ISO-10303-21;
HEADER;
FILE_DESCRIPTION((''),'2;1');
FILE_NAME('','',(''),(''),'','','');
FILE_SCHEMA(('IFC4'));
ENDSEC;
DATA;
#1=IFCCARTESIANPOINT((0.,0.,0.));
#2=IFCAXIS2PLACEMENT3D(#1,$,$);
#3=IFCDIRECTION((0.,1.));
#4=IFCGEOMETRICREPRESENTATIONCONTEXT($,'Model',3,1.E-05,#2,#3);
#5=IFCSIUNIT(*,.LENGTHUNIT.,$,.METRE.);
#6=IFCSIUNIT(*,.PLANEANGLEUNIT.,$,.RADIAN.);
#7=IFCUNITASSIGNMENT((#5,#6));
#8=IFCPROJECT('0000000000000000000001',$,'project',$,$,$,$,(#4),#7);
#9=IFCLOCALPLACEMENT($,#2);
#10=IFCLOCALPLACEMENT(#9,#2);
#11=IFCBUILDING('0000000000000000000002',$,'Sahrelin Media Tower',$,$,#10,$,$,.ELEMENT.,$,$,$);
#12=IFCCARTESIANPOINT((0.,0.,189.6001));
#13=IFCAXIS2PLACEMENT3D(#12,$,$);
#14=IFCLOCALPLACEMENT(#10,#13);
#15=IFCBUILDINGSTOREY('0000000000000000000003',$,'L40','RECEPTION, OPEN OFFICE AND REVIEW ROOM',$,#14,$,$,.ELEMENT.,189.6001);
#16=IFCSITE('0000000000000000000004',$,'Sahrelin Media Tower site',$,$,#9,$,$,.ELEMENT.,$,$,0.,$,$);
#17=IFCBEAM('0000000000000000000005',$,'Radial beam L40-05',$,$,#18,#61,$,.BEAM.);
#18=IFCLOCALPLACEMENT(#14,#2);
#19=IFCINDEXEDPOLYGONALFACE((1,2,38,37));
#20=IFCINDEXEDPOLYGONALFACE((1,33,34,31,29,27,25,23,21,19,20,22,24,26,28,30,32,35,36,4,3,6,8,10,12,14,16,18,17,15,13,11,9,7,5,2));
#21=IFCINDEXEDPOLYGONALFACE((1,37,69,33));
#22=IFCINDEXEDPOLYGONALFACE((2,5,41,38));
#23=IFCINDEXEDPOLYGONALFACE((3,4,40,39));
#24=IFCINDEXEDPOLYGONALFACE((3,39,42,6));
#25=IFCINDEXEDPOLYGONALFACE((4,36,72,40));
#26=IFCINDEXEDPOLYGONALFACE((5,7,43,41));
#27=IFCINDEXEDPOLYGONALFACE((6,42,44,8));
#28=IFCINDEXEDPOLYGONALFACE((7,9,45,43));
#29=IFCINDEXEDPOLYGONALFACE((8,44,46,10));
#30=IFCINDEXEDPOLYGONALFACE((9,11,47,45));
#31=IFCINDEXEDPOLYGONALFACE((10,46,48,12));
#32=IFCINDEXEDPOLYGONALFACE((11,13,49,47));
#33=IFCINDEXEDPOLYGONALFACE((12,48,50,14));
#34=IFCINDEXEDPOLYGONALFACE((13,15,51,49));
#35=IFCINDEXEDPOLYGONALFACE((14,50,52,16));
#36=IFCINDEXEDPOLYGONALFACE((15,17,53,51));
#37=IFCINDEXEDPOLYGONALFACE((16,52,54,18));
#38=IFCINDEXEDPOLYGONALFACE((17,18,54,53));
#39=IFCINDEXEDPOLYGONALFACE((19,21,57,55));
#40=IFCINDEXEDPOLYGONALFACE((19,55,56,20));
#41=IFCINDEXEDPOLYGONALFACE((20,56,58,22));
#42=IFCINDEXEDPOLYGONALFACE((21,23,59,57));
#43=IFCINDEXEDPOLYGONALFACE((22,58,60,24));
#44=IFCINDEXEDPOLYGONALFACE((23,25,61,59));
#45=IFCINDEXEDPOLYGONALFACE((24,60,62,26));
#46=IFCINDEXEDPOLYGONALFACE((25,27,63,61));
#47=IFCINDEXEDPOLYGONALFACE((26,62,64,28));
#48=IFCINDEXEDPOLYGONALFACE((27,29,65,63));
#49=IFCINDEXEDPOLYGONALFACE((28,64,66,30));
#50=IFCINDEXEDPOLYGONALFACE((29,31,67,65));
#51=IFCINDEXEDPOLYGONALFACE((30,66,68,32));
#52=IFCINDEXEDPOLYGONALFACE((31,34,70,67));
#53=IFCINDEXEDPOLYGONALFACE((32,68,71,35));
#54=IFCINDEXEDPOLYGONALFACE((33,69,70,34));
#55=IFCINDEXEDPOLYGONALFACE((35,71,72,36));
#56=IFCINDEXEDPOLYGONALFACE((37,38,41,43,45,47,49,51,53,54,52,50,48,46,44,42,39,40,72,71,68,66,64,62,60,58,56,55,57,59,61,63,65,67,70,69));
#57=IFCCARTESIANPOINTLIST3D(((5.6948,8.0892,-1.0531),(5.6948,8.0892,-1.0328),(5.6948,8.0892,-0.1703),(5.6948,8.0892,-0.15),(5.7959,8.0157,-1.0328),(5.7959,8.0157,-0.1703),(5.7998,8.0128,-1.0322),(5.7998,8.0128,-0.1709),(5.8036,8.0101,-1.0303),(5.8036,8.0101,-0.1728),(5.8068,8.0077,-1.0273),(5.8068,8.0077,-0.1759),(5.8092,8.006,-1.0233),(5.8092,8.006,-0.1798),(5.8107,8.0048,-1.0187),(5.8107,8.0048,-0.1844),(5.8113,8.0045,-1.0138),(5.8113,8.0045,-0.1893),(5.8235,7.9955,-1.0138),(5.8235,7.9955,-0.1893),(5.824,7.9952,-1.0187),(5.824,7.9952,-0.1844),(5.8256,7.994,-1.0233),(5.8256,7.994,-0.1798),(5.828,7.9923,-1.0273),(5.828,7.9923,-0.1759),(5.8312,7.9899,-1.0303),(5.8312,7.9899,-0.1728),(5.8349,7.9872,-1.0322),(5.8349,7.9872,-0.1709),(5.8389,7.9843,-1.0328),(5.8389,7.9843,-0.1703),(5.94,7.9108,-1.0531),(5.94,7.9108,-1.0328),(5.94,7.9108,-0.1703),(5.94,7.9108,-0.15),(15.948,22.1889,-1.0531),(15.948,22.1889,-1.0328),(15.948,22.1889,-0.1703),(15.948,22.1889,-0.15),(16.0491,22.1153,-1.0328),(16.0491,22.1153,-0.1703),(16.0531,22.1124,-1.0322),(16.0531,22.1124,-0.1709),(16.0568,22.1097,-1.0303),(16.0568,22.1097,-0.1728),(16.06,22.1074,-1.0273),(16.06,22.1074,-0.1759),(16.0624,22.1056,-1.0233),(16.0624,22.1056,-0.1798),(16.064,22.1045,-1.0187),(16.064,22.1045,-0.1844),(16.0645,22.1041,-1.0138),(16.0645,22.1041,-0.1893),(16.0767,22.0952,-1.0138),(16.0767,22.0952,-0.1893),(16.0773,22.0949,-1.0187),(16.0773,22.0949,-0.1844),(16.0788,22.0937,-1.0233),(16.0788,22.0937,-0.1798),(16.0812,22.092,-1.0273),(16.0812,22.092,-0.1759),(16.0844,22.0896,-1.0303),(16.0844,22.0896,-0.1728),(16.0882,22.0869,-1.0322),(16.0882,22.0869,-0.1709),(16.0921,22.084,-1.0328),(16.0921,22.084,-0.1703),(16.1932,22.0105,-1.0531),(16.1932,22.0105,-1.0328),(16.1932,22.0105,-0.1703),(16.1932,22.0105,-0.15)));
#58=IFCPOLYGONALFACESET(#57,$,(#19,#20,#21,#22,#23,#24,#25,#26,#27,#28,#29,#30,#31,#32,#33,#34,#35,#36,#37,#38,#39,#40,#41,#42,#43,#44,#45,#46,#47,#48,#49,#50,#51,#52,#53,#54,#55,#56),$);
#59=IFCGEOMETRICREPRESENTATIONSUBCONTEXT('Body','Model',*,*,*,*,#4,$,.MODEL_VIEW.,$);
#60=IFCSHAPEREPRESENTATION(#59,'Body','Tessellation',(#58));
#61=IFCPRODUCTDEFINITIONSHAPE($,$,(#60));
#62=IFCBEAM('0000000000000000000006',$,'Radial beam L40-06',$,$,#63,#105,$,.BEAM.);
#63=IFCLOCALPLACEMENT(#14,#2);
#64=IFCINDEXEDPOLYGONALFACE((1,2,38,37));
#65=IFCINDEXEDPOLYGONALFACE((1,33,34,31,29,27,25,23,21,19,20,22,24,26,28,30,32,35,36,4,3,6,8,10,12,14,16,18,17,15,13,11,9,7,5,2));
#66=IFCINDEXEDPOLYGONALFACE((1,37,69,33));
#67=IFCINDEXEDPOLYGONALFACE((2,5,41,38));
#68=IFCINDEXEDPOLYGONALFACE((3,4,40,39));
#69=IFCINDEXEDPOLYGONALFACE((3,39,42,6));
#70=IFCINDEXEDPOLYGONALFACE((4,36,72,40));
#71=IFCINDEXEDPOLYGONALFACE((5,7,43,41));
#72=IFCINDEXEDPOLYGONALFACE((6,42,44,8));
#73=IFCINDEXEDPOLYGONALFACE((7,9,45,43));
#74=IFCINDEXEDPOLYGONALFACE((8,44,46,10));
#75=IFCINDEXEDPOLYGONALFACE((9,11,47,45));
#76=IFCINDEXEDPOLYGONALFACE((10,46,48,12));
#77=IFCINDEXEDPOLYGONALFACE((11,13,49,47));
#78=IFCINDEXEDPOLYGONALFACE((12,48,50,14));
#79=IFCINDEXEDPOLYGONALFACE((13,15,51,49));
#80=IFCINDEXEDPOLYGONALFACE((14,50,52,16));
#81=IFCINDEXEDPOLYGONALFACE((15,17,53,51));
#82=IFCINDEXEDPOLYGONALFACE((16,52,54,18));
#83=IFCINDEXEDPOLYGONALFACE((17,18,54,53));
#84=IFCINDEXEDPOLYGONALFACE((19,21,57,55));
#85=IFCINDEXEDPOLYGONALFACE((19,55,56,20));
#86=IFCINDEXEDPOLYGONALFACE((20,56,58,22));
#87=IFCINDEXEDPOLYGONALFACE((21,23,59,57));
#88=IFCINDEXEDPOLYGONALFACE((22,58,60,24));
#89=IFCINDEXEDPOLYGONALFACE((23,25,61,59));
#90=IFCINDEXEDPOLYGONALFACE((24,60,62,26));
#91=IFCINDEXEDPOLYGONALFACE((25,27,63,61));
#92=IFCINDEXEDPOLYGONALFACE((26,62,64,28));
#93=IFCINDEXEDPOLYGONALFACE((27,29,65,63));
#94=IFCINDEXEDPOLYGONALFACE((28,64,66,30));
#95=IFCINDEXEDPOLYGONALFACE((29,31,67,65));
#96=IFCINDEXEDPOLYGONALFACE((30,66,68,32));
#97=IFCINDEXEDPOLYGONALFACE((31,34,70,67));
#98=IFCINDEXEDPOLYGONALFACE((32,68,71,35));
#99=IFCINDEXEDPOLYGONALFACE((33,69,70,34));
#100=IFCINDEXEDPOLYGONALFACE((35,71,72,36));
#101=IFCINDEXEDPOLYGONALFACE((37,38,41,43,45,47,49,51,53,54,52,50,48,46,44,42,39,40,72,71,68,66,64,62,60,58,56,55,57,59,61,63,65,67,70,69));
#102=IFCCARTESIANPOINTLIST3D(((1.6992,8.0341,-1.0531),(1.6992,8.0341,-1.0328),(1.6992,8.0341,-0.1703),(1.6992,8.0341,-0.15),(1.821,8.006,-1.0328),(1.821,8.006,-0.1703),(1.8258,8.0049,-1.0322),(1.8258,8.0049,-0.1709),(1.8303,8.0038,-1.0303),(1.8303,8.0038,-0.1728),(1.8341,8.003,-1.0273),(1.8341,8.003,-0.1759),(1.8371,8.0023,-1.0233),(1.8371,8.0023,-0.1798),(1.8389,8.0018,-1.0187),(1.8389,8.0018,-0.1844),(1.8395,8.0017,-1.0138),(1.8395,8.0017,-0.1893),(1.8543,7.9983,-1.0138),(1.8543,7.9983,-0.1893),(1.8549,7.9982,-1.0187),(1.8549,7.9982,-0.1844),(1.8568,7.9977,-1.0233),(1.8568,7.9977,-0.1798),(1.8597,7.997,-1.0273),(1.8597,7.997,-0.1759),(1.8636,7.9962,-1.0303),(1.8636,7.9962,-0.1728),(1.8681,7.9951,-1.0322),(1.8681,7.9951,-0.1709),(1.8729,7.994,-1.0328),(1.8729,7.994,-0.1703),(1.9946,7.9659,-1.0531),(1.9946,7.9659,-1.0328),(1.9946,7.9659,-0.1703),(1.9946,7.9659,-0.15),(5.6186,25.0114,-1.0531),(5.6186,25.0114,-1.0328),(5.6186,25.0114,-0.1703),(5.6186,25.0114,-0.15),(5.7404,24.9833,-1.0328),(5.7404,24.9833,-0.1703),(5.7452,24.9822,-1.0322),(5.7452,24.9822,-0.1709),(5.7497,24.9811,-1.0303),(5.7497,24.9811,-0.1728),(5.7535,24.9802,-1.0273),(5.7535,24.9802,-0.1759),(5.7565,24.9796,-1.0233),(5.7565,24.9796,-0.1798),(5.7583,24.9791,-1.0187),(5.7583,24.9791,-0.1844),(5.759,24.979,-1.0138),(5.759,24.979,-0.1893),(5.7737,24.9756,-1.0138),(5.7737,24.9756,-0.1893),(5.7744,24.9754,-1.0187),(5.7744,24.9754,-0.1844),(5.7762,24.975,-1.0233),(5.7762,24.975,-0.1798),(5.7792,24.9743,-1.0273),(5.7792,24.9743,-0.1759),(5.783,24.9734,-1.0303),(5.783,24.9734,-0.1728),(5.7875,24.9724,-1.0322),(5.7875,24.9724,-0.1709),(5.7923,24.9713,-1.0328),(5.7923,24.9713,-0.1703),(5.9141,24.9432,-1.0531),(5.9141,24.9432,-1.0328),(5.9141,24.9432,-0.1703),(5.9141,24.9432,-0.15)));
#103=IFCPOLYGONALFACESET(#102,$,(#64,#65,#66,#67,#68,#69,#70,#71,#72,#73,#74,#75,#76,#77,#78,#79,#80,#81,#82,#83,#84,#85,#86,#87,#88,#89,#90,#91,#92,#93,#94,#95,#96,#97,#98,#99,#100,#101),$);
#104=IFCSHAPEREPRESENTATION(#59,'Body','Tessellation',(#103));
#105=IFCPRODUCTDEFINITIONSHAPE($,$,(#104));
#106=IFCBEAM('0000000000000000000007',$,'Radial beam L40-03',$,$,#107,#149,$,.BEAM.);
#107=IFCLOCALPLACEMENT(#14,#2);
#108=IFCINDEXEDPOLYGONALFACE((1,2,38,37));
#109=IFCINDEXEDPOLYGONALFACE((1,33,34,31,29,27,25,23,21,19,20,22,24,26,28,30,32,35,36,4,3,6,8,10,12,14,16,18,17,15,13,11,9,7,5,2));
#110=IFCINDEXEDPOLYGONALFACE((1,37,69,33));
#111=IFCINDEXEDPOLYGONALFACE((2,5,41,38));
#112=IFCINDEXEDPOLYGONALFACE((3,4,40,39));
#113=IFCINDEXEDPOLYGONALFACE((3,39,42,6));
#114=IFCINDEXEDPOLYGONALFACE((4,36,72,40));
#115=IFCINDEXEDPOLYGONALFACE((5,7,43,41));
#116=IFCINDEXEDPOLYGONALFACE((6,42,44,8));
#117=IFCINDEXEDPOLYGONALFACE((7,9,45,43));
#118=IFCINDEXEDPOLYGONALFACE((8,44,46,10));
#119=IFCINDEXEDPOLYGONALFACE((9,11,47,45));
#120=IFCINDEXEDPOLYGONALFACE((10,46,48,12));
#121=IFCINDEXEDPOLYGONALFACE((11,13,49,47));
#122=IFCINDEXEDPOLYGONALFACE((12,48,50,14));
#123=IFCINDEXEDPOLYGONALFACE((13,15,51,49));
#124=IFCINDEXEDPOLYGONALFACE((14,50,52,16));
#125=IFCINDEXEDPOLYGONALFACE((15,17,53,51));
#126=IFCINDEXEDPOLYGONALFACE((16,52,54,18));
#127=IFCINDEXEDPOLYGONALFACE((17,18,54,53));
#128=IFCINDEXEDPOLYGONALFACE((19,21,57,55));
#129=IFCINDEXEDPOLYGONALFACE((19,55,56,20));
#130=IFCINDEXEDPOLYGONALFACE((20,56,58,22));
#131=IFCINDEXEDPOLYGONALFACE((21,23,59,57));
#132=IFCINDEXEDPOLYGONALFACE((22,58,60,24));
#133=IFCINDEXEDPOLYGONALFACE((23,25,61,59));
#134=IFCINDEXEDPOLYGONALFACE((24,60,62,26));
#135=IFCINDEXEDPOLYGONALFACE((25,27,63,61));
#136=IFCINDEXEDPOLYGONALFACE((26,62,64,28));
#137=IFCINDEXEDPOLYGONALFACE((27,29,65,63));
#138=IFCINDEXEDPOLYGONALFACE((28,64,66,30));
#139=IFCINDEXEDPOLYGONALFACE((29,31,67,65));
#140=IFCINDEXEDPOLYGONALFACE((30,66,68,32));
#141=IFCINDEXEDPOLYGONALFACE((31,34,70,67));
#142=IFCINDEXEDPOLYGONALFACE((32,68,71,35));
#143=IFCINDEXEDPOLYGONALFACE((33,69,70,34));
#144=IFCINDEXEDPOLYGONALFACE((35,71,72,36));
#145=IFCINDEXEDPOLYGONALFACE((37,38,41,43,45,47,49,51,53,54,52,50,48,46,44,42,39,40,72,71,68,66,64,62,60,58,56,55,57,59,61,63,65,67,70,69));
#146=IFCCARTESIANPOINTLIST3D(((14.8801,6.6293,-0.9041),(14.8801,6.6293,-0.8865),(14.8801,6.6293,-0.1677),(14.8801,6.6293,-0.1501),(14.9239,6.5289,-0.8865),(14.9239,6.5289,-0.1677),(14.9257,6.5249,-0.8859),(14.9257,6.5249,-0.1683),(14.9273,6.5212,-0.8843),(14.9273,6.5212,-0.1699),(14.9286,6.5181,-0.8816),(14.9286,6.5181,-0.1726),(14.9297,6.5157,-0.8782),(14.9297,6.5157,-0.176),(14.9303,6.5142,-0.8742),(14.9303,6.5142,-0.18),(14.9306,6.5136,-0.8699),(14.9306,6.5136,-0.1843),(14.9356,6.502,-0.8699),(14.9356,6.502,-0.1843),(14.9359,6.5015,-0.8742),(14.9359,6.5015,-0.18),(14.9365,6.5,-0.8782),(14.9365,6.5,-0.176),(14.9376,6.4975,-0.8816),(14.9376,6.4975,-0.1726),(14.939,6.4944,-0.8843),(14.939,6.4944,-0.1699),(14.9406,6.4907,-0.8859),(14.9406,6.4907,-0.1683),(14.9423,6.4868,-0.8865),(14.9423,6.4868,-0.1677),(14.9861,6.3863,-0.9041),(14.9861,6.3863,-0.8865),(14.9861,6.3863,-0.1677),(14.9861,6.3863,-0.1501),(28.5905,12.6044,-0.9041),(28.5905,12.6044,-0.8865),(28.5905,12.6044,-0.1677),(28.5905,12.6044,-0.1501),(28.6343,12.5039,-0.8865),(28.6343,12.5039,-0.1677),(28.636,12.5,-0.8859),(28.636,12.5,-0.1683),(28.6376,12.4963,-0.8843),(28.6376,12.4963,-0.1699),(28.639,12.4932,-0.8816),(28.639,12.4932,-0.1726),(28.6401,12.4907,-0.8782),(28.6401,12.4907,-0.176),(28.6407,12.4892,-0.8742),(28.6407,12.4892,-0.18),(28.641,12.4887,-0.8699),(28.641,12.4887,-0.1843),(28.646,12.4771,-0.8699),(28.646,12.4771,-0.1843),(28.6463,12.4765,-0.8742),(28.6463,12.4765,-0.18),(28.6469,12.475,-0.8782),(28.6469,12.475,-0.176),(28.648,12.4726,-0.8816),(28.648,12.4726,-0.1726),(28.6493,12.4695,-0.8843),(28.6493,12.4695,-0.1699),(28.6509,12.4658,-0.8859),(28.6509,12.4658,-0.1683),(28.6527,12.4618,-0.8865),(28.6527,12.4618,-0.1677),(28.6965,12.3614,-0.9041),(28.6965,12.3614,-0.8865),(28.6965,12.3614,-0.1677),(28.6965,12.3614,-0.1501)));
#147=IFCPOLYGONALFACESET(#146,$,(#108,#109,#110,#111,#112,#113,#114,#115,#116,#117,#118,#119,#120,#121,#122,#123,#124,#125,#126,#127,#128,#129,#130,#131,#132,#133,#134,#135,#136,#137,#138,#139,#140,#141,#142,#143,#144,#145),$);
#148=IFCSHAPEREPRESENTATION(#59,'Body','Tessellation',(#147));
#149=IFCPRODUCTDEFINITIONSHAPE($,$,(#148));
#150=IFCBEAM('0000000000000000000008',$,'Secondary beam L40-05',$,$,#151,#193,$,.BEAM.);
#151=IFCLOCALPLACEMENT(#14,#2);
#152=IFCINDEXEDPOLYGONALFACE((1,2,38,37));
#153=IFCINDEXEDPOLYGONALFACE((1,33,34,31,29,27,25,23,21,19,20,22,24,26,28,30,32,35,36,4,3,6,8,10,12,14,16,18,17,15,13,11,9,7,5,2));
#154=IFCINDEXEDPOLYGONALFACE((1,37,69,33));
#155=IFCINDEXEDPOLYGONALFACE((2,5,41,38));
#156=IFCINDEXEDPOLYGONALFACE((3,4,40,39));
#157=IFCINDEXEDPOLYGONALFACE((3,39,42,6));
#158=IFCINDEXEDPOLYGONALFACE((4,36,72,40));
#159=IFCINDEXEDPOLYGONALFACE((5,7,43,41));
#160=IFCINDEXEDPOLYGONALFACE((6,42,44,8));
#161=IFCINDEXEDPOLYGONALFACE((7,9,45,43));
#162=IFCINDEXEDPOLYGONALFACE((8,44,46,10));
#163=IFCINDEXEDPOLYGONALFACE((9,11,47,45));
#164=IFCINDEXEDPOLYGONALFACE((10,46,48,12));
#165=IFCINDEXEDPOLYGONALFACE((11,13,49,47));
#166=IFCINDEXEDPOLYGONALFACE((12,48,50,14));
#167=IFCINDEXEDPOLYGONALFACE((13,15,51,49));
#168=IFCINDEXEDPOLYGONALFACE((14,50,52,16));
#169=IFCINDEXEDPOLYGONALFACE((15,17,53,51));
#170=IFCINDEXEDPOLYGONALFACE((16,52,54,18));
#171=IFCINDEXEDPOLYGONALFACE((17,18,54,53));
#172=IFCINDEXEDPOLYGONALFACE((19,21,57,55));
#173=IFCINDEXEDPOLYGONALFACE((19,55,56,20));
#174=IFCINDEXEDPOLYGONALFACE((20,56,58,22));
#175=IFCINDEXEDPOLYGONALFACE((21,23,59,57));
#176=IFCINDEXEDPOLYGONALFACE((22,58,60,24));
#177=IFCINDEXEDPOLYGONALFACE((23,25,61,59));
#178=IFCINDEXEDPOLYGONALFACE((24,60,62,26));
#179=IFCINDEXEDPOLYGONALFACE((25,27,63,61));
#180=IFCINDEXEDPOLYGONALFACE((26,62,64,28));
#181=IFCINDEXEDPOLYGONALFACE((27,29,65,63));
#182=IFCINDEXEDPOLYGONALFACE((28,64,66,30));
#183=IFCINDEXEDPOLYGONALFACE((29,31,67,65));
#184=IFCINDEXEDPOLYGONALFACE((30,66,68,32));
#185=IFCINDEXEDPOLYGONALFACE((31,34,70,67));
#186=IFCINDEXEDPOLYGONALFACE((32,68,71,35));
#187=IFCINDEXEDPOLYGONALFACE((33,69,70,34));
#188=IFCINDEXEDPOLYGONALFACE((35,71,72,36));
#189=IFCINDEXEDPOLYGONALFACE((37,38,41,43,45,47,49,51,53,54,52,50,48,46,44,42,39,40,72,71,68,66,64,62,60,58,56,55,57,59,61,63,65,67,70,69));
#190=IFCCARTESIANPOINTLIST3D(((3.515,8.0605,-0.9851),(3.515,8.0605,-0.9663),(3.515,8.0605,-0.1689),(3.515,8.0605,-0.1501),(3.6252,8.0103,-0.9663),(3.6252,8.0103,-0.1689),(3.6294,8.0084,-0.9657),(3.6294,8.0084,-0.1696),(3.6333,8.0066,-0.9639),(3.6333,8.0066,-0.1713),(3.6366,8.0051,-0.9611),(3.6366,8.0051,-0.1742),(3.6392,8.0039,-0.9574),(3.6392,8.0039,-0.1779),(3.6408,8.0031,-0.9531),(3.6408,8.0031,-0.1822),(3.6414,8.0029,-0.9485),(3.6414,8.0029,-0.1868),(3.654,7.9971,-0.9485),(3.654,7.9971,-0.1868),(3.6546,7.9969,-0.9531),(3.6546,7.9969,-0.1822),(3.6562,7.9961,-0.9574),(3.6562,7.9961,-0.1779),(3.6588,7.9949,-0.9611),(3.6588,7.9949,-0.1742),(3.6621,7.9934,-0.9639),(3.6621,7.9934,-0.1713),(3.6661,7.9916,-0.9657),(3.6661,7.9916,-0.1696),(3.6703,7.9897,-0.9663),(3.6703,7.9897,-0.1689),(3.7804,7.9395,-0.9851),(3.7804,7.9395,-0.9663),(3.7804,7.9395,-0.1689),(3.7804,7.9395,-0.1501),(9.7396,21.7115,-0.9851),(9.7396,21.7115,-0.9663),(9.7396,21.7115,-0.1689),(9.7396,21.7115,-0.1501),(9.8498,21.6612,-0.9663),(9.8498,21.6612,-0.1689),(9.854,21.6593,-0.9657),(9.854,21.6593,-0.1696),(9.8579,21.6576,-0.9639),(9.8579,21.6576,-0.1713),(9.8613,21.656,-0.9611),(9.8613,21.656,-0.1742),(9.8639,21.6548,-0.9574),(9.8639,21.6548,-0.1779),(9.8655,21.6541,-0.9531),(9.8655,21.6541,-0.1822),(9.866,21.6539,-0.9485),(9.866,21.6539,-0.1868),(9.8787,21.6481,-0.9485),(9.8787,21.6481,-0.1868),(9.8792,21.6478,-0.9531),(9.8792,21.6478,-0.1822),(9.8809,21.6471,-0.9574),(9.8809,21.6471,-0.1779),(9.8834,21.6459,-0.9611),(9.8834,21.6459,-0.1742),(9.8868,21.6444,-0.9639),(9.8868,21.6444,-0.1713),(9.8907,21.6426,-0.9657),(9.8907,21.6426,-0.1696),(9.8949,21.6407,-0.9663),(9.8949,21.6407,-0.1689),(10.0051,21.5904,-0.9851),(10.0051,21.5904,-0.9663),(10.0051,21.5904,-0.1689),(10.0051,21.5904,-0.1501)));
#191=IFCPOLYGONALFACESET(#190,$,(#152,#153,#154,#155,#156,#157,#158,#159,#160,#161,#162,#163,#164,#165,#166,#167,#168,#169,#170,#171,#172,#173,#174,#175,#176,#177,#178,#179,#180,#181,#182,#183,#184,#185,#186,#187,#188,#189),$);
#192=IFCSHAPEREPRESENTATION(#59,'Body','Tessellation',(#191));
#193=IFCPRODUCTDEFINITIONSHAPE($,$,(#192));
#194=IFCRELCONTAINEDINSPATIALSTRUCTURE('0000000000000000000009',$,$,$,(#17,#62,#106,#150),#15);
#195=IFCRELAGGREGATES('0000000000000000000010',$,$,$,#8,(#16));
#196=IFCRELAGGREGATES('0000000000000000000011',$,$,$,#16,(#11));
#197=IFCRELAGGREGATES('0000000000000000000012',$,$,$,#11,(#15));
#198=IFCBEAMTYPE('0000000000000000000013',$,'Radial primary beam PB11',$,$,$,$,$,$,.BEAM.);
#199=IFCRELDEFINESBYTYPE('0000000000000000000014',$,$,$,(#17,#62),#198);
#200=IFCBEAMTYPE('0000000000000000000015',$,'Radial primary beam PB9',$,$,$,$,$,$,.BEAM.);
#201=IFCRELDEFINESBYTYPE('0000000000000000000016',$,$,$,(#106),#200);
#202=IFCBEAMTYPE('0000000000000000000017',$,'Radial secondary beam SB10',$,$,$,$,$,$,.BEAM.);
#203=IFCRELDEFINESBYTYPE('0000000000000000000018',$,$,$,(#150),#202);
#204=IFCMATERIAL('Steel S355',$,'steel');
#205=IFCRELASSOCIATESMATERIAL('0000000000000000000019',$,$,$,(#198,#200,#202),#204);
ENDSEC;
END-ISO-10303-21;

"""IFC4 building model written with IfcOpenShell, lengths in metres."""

from ifc_helpers import new_model, si_unit, direction, frame, origin, origin_2d, place, context, subcontext, project, spatial, i_section, extrude, material, material_profile, profile_set, type_object, element, save


model = new_model("IFC4")

# Units and contexts
model_context = context("Model", 3, precision=1e-05, world=origin(), true_north=direction((0.0, 1.0)))
body_context = subcontext(model_context, "Body", "Model", "MODEL_VIEW")
ifc_project = project(units=[si_unit("LENGTHUNIT", "METRE"), si_unit("PLANEANGLEUNIT", "RADIAN")], contexts=[model_context])

# Site, building, storey
site_placement = place(None, origin())
site = spatial("IfcSite", under=ifc_project, at=site_placement, Name="Sahrelin Media Tower site", CompositionType="ELEMENT", RefElevation=0.0)
building_placement = place(site_placement, origin())
building = spatial("IfcBuilding", under=site, at=building_placement, Name="Sahrelin Media Tower", CompositionType="ELEMENT")
storey_placement = place(building_placement, frame((0.0, 0.0, 189.6001)))
storey = spatial("IfcBuildingStorey", under=building, at=storey_placement, Name="L40", Description="RECEPTION, OPEN OFFICE AND REVIEW ROOM", CompositionType="ELEMENT", Elevation=189.6001)

# Beams
ifc_material_1 = material(Name="Steel S355", Category="steel")
ifc_material_profile_1 = material_profile(ifc_material_1, i_section(OverallWidth=0.3032, OverallDepth=0.9031, WebThickness=0.0151, FlangeThickness=0.0203, FilletRadius=0.019, at=origin_2d()), Name="UB 914x305x201")
ifc_profile_set_1 = profile_set([ifc_material_profile_1], Name="Steel S355")
beam_type_1 = type_object("IfcBeamType", Name="Radial primary beam PB11", PredefinedType="BEAM", material=ifc_profile_set_1)
beam_1_placement = place(storey_placement, frame((5.8174, 8.0, -0.6016), z_axis=(0.588131, 0.808766, 0.0), x_axis=(-0.808766, 0.588131, 0.0)))
element("IfcBeam", 1, at=beam_1_placement, inside=storey, type_object=beam_type_1, Name="Radial beam L40-05", PredefinedType="BEAM", context=body_context, shape_type="SweptSolid", body=[
    extrude(i_section(OverallWidth=0.3032, OverallDepth=0.9031, WebThickness=0.0151, FlangeThickness=0.0203, FilletRadius=0.019, at=origin_2d()), origin(), (0.0, 0.0, 1.0), 17.4336),
])
beam_2_placement = place(storey_placement, frame((1.8469, 8.0, -0.6016), z_axis=(0.224946, 0.974371, 0.0), x_axis=(-0.974371, 0.224946, 0.0)))
element("IfcBeam", 2, at=beam_2_placement, inside=storey, type_object=beam_type_1, Name="Radial beam L40-06", PredefinedType="BEAM", context=body_context, shape_type="SweptSolid", body=[
    extrude(i_section(OverallWidth=0.3032, OverallDepth=0.9031, WebThickness=0.0151, FlangeThickness=0.0203, FilletRadius=0.019, at=origin_2d()), origin(), (0.0, 0.0, 1.0), 17.4238),
])
ifc_material_profile_2 = material_profile(ifc_material_1, i_section(OverallWidth=0.2651, OverallDepth=0.7539, WebThickness=0.0127, FlangeThickness=0.0176, FilletRadius=0.0166, at=origin_2d()), Name="UB 762x267x147")
ifc_profile_set_2 = profile_set([ifc_material_profile_2], Name="Steel S355")
beam_type_2 = type_object("IfcBeamType", Name="Radial primary beam PB9", PredefinedType="BEAM", material=ifc_profile_set_2)
beam_3_placement = place(storey_placement, frame((14.9331, 6.5078, -0.5271), z_axis=(0.916727, 0.399515, 0.0), x_axis=(-0.399515, 0.916727, 0.0)))
element("IfcBeam", 3, at=beam_3_placement, inside=storey, type_object=beam_type_2, Name="Radial beam L40-03", PredefinedType="BEAM", context=body_context, shape_type="SweptSolid", body=[
    extrude(i_section(OverallWidth=0.2651, OverallDepth=0.7539, WebThickness=0.0127, FlangeThickness=0.0176, FilletRadius=0.0166, at=origin_2d()), origin(), (0.0, 0.0, 1.0), 14.9558),
])
ifc_material_profile_3 = material_profile(ifc_material_1, i_section(OverallWidth=0.2917, OverallDepth=0.835, WebThickness=0.0139, FlangeThickness=0.0188, FilletRadius=0.0178, at=origin_2d()), Name="UB 838x292x176")
ifc_profile_set_3 = profile_set([ifc_material_profile_3], Name="Steel S355")
beam_type_3 = type_object("IfcBeamType", Name="Radial secondary beam SB10", PredefinedType="BEAM", material=ifc_profile_set_3)
beam_4_placement = place(storey_placement, frame((3.6477, 8.0, -0.5676), z_axis=(0.414889, 0.909872, 0.0), x_axis=(-0.909872, 0.414889, 0.0)))
element("IfcBeam", 4, at=beam_4_placement, inside=storey, type_object=beam_type_3, Name="Secondary beam L40-05", PredefinedType="BEAM", context=body_context, shape_type="SweptSolid", body=[
    extrude(i_section(OverallWidth=0.2917, OverallDepth=0.835, WebThickness=0.0139, FlangeThickness=0.0188, FilletRadius=0.0178, at=origin_2d()), origin(), (0.0, 0.0, 1.0), 15.0032),
])

save(model, "model.ifc")
